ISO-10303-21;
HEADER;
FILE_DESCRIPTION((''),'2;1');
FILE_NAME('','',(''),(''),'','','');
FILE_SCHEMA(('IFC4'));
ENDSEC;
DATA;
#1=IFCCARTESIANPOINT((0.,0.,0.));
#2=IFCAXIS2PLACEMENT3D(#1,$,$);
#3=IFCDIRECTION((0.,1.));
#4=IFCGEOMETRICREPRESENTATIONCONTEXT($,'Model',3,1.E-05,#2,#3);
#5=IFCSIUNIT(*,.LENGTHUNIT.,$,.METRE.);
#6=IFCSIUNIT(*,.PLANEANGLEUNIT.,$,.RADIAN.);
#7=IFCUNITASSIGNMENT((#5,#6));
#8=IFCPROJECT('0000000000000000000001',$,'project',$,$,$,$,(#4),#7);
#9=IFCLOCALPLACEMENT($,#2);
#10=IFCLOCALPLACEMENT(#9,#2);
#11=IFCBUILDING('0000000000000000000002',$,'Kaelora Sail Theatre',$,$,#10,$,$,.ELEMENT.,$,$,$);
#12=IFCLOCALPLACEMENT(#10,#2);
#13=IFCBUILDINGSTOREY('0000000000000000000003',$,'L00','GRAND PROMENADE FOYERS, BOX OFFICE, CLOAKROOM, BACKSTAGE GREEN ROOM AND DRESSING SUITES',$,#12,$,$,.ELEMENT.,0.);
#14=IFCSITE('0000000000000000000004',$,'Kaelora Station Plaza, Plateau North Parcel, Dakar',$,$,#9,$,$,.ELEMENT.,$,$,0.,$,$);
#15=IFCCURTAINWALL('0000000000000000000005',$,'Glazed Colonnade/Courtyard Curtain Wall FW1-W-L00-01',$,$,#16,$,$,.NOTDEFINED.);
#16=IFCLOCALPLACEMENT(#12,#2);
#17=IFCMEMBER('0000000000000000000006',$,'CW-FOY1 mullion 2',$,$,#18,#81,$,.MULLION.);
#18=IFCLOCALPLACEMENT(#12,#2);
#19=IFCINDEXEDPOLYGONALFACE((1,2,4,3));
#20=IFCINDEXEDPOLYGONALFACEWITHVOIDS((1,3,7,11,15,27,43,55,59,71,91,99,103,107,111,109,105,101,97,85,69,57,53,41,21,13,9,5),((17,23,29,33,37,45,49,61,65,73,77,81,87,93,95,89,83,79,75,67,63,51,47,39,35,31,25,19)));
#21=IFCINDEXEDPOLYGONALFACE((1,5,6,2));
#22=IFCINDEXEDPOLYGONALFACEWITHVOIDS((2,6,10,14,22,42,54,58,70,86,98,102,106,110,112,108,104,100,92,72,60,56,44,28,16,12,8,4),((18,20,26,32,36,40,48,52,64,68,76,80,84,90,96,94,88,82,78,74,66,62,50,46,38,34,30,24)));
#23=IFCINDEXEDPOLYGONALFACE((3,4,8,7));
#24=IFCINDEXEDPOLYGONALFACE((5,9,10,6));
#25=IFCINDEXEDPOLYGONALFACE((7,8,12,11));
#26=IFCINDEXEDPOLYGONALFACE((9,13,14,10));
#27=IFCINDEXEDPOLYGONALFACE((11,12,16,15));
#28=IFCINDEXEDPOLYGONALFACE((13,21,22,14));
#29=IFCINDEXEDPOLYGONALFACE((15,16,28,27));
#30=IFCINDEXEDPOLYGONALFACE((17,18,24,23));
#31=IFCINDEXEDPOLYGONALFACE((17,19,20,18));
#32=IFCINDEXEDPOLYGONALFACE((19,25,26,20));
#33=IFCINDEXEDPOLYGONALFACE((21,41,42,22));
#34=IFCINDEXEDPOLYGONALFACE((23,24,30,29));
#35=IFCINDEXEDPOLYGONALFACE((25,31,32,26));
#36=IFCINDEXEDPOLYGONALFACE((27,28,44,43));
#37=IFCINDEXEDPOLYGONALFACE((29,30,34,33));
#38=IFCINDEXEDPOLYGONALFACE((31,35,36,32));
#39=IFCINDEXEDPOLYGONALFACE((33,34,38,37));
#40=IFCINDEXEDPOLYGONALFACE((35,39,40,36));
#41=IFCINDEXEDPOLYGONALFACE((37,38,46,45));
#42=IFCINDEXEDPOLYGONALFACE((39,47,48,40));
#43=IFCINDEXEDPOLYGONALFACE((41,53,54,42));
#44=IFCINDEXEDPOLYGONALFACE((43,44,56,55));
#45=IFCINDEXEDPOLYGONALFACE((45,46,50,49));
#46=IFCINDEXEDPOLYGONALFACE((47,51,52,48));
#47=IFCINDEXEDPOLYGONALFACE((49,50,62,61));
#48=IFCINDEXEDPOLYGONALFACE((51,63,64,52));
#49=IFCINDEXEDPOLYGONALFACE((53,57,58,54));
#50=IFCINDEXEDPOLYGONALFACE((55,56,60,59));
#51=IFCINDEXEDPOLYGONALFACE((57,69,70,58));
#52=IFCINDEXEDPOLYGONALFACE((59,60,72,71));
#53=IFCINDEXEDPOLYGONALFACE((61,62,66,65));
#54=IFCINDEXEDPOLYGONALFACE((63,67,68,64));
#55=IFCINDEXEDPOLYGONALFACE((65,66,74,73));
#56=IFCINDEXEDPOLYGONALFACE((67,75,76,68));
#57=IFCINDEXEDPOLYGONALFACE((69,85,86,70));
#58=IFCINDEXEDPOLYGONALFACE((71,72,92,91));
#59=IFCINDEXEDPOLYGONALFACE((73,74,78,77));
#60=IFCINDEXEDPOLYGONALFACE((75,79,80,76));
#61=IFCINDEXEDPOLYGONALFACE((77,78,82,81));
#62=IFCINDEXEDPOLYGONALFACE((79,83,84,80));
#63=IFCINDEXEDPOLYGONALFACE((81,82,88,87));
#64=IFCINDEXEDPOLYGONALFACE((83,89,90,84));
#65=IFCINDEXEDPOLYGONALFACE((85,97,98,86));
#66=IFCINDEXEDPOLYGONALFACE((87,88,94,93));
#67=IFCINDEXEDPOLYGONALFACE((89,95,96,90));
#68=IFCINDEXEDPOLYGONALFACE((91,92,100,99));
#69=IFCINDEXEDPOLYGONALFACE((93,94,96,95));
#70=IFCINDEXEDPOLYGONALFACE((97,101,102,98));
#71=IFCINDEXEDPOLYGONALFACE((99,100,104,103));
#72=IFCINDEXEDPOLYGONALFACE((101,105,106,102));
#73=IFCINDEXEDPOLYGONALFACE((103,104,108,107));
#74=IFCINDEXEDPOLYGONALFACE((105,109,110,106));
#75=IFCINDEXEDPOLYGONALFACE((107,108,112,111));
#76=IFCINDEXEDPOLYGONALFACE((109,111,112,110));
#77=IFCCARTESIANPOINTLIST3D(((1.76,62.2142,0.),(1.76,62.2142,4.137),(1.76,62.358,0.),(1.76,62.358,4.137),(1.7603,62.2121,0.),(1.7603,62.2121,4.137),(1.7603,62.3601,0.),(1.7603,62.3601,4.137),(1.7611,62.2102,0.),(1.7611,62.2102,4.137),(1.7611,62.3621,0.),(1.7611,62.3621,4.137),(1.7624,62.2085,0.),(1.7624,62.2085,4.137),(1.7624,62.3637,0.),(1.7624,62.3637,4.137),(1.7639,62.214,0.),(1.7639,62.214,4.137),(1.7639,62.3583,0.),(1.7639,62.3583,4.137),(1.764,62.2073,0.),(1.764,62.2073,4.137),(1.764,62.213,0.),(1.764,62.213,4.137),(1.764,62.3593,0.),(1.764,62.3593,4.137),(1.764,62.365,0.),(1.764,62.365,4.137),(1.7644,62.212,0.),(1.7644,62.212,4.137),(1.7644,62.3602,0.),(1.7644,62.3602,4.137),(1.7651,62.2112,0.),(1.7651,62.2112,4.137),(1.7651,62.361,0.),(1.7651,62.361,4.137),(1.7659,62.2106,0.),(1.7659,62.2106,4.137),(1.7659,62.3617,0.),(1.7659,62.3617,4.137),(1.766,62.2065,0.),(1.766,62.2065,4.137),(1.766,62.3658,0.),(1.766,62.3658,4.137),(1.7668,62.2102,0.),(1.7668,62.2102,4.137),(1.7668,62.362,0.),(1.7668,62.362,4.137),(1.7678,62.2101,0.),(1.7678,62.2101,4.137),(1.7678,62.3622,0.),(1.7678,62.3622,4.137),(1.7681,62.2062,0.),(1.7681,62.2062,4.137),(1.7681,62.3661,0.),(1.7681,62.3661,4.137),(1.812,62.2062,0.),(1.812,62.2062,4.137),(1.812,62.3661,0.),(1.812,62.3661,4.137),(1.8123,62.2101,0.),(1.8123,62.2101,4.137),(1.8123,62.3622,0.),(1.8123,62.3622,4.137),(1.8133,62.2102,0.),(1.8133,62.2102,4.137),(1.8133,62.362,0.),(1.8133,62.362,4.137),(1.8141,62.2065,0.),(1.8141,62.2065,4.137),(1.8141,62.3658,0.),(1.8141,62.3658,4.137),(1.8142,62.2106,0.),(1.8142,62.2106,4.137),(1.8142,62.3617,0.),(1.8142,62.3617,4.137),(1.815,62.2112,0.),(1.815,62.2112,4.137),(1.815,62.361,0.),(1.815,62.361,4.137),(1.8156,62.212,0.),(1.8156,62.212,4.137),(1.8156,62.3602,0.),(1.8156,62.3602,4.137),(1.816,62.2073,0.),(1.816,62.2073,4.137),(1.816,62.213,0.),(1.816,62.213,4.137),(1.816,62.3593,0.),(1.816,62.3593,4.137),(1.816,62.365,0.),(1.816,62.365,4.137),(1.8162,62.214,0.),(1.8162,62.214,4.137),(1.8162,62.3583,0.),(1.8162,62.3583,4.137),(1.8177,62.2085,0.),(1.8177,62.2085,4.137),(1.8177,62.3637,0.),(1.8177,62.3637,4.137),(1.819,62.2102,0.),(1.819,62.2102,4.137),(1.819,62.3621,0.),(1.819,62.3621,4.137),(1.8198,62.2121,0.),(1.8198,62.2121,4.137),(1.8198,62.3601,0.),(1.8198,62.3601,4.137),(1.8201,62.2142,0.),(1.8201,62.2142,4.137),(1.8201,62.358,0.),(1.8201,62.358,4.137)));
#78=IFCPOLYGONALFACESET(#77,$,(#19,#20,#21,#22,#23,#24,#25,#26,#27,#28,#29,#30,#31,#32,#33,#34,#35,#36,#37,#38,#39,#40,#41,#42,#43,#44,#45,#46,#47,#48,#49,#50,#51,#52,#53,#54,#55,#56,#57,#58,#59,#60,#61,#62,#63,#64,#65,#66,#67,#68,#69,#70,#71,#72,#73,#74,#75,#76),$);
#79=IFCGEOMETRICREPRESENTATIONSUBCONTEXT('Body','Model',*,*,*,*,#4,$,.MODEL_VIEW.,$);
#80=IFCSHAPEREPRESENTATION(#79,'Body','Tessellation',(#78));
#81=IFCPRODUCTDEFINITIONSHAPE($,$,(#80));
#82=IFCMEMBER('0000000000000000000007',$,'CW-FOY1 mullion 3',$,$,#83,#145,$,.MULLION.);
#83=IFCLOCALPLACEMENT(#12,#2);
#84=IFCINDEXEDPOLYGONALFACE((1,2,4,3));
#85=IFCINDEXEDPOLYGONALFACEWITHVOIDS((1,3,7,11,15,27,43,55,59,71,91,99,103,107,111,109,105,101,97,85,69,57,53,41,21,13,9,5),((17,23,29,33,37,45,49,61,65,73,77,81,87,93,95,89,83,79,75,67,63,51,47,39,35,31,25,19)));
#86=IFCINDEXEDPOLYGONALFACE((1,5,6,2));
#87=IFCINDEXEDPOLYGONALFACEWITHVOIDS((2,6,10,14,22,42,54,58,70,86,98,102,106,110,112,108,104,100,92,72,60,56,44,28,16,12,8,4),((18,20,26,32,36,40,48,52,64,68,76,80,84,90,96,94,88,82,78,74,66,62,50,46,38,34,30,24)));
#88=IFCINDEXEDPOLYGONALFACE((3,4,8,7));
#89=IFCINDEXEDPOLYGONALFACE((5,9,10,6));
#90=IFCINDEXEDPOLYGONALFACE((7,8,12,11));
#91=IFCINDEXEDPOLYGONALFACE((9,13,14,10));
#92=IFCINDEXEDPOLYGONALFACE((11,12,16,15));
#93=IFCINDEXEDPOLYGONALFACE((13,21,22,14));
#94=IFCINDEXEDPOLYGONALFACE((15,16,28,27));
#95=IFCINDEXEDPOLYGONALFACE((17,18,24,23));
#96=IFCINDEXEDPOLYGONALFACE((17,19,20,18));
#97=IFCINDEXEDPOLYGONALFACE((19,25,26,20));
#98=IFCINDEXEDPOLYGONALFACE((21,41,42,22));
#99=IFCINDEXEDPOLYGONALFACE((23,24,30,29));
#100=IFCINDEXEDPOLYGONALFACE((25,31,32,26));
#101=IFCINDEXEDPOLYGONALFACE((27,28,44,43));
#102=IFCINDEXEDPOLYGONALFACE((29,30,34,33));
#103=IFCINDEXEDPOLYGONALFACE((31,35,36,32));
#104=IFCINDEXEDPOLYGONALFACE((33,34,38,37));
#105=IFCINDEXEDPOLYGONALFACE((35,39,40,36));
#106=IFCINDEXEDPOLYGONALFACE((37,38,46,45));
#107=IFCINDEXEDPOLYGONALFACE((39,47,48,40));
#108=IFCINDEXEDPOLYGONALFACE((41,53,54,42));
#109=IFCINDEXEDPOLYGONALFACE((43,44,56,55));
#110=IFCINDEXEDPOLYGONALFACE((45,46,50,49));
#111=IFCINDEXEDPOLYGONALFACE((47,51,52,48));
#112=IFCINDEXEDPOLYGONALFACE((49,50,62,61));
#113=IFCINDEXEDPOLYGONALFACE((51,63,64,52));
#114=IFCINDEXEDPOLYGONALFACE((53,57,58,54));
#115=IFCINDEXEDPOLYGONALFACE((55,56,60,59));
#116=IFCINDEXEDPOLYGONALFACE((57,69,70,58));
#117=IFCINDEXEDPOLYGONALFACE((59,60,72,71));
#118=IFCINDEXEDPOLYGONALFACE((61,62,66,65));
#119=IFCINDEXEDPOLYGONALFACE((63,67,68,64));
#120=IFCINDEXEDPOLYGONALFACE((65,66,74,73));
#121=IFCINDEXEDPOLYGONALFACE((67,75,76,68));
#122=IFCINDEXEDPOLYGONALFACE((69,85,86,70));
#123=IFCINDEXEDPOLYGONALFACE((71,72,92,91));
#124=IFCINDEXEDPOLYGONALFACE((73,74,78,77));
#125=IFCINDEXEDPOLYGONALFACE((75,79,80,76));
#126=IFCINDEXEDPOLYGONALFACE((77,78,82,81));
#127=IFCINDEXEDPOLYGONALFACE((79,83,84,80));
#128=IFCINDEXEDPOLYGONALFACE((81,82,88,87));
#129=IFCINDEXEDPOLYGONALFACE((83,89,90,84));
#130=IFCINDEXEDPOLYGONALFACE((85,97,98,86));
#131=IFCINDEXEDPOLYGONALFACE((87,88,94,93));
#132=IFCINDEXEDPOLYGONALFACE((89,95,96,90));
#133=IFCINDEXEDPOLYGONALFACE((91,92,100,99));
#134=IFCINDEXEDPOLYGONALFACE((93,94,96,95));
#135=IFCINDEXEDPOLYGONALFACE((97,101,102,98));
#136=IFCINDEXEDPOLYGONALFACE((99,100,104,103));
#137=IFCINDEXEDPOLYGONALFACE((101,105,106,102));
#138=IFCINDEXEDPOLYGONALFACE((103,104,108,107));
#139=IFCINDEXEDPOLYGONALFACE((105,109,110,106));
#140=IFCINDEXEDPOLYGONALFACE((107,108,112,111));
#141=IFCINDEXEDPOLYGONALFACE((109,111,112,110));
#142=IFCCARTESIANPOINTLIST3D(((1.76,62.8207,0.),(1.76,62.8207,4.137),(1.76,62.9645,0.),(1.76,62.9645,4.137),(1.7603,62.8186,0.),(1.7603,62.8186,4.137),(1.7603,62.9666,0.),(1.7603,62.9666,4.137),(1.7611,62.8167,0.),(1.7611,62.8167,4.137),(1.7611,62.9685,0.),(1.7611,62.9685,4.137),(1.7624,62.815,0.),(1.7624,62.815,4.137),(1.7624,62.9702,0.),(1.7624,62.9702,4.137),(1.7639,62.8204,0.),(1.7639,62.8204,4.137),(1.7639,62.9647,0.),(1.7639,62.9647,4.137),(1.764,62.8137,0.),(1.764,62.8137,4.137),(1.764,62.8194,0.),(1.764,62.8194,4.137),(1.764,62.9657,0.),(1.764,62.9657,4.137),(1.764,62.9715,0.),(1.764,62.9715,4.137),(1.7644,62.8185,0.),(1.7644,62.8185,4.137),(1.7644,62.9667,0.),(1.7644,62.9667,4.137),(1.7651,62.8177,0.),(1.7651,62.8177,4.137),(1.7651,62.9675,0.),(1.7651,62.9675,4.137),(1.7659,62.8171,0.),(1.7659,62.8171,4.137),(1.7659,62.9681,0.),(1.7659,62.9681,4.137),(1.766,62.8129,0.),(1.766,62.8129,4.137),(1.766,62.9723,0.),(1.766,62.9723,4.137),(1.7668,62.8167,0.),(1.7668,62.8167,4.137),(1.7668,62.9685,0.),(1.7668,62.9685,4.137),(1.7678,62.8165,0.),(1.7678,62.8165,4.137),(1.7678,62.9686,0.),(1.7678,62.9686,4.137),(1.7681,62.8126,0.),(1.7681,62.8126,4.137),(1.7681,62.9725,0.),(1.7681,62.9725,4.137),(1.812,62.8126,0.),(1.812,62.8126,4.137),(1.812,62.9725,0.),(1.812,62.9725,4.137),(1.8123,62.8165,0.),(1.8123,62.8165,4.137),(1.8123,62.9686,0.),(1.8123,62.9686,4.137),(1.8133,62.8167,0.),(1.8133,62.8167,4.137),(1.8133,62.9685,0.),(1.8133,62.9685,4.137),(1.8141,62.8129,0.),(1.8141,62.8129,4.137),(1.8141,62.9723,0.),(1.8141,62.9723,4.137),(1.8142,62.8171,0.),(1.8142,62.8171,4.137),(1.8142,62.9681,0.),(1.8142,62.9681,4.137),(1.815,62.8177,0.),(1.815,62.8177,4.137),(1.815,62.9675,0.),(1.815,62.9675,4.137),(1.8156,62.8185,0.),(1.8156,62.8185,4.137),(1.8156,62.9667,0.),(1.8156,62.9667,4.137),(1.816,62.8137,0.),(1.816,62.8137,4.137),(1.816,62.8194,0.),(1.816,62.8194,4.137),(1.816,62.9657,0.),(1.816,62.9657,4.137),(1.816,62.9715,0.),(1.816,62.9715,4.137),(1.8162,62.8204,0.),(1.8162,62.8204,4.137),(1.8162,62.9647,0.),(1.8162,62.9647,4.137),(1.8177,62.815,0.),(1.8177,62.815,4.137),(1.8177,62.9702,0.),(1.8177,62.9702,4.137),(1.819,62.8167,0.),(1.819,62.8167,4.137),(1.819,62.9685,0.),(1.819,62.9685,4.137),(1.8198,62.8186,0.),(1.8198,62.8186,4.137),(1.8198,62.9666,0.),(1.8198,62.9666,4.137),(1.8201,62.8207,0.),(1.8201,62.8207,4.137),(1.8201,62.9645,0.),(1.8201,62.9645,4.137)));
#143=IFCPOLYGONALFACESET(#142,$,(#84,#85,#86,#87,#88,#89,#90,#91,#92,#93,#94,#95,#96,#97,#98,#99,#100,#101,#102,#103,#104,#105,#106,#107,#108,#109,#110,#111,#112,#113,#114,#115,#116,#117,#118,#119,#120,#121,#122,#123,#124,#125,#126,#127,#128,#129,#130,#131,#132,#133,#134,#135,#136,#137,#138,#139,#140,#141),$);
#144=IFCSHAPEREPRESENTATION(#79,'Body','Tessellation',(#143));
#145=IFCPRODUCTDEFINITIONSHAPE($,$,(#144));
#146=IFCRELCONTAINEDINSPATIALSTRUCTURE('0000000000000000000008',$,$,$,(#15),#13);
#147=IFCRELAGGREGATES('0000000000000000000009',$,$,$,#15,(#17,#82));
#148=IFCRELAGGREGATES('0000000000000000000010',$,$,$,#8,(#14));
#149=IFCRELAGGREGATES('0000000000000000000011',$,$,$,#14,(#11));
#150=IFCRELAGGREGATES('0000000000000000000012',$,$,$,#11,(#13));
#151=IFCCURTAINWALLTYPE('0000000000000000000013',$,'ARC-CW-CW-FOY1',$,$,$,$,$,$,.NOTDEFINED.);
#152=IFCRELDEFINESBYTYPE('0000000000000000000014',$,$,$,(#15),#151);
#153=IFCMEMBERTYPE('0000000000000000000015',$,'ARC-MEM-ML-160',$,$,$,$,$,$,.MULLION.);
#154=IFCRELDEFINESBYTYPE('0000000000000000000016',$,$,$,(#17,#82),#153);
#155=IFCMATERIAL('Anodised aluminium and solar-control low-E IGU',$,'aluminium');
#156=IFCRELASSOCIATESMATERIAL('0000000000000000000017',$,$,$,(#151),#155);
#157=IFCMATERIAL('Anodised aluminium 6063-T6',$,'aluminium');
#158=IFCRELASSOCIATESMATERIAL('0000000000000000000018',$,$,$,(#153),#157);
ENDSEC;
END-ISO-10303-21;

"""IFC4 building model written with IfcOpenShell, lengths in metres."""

from ifc_helpers import new_model, si_unit, direction, frame, origin, origin_2d, place, context, subcontext, project, spatial, hollow_rectangle, extrude, material, material_profile, profile_set, type_object, element, aggregate, save


model = new_model("IFC4")

# Units and contexts
model_context = context("Model", 3, precision=1e-05, world=origin(), true_north=direction((0.0, 1.0)))
body_context = subcontext(model_context, "Body", "Model", "MODEL_VIEW")
ifc_project = project(units=[si_unit("LENGTHUNIT", "METRE"), si_unit("PLANEANGLEUNIT", "RADIAN")], contexts=[model_context])

# Site, building, storey
site_placement = place(None, origin())
site = spatial("IfcSite", under=ifc_project, at=site_placement, Name="Kaelora Station Plaza, Plateau North Parcel, Dakar", CompositionType="ELEMENT", RefElevation=0.0)
building_placement = place(site_placement, origin())
building = spatial("IfcBuilding", under=site, at=building_placement, Name="Kaelora Sail Theatre", CompositionType="ELEMENT")
storey_placement = place(building_placement, origin())
storey = spatial("IfcBuildingStorey", under=building, at=storey_placement, Name="L00", Description="GRAND PROMENADE FOYERS, BOX OFFICE, CLOAKROOM, BACKSTAGE GREEN ROOM AND DRESSING SUITES", CompositionType="ELEMENT", Elevation=0.0)

# Shared definitions
ifc_material_1 = material(Name="Anodised aluminium and solar-control low-E IGU", Category="aluminium")
curtain_wall_type = type_object("IfcCurtainWallType", Name="ARC-CW-CW-FOY1", PredefinedType="NOTDEFINED", material=ifc_material_1)
ifc_material_2 = material(Name="Anodised aluminium 6063-T6", Category="aluminium")
ifc_material_profile_1 = material_profile(ifc_material_2, hollow_rectangle(XDim=0.0601, YDim=0.1599, WallThickness=0.0039, InnerFilletRadius=0.0039, OuterFilletRadius=0.0081, at=origin_2d()), Name="ALU-MULL 60x160x4")
ifc_profile_set_1 = profile_set([ifc_material_profile_1], Name="Anodised aluminium 6063-T6")
member_type_1 = type_object("IfcMemberType", Name="ARC-MEM-ML-160", PredefinedType="MULLION", material=ifc_profile_set_1)

# Curtain wall, members
curtain_wall_1_placement = place(storey_placement, origin())
curtain_wall_1 = element("IfcCurtainWall", 1, at=curtain_wall_1_placement, inside=storey, type_object=curtain_wall_type, Name="Glazed Colonnade/Courtyard Curtain Wall FW1-W-L00-01", PredefinedType="NOTDEFINED")
member_1_placement = place(storey_placement, frame((1.79, 62.2861, 0.0), z_axis=(0.0, 0.0, 1.0), x_axis=(-1.0, 0.0, 0.0)))
member_1 = element("IfcMember", 2, at=member_1_placement, type_object=member_type_1, Name="CW-FOY1 mullion 2", PredefinedType="MULLION", context=body_context, shape_type="SweptSolid", body=[
    extrude(hollow_rectangle(XDim=0.0601, YDim=0.1599, WallThickness=0.0039, InnerFilletRadius=0.0039, OuterFilletRadius=0.0081, at=origin_2d()), origin(), (0.0, 0.0, 1.0), 4.137),
])
member_2_placement = place(storey_placement, frame((1.79, 62.8926, 0.0), z_axis=(0.0, 0.0, 1.0), x_axis=(-1.0, 0.0, 0.0)))
member_2 = element("IfcMember", 3, at=member_2_placement, type_object=member_type_1, Name="CW-FOY1 mullion 3", PredefinedType="MULLION", context=body_context, shape_type="SweptSolid", body=[
    extrude(hollow_rectangle(XDim=0.0601, YDim=0.1599, WallThickness=0.0039, InnerFilletRadius=0.0039, OuterFilletRadius=0.0081, at=origin_2d()), origin(), (0.0, 0.0, 1.0), 4.137),
])

aggregate(curtain_wall_1, [member_1, member_2])

save(model, "model.ifc")
